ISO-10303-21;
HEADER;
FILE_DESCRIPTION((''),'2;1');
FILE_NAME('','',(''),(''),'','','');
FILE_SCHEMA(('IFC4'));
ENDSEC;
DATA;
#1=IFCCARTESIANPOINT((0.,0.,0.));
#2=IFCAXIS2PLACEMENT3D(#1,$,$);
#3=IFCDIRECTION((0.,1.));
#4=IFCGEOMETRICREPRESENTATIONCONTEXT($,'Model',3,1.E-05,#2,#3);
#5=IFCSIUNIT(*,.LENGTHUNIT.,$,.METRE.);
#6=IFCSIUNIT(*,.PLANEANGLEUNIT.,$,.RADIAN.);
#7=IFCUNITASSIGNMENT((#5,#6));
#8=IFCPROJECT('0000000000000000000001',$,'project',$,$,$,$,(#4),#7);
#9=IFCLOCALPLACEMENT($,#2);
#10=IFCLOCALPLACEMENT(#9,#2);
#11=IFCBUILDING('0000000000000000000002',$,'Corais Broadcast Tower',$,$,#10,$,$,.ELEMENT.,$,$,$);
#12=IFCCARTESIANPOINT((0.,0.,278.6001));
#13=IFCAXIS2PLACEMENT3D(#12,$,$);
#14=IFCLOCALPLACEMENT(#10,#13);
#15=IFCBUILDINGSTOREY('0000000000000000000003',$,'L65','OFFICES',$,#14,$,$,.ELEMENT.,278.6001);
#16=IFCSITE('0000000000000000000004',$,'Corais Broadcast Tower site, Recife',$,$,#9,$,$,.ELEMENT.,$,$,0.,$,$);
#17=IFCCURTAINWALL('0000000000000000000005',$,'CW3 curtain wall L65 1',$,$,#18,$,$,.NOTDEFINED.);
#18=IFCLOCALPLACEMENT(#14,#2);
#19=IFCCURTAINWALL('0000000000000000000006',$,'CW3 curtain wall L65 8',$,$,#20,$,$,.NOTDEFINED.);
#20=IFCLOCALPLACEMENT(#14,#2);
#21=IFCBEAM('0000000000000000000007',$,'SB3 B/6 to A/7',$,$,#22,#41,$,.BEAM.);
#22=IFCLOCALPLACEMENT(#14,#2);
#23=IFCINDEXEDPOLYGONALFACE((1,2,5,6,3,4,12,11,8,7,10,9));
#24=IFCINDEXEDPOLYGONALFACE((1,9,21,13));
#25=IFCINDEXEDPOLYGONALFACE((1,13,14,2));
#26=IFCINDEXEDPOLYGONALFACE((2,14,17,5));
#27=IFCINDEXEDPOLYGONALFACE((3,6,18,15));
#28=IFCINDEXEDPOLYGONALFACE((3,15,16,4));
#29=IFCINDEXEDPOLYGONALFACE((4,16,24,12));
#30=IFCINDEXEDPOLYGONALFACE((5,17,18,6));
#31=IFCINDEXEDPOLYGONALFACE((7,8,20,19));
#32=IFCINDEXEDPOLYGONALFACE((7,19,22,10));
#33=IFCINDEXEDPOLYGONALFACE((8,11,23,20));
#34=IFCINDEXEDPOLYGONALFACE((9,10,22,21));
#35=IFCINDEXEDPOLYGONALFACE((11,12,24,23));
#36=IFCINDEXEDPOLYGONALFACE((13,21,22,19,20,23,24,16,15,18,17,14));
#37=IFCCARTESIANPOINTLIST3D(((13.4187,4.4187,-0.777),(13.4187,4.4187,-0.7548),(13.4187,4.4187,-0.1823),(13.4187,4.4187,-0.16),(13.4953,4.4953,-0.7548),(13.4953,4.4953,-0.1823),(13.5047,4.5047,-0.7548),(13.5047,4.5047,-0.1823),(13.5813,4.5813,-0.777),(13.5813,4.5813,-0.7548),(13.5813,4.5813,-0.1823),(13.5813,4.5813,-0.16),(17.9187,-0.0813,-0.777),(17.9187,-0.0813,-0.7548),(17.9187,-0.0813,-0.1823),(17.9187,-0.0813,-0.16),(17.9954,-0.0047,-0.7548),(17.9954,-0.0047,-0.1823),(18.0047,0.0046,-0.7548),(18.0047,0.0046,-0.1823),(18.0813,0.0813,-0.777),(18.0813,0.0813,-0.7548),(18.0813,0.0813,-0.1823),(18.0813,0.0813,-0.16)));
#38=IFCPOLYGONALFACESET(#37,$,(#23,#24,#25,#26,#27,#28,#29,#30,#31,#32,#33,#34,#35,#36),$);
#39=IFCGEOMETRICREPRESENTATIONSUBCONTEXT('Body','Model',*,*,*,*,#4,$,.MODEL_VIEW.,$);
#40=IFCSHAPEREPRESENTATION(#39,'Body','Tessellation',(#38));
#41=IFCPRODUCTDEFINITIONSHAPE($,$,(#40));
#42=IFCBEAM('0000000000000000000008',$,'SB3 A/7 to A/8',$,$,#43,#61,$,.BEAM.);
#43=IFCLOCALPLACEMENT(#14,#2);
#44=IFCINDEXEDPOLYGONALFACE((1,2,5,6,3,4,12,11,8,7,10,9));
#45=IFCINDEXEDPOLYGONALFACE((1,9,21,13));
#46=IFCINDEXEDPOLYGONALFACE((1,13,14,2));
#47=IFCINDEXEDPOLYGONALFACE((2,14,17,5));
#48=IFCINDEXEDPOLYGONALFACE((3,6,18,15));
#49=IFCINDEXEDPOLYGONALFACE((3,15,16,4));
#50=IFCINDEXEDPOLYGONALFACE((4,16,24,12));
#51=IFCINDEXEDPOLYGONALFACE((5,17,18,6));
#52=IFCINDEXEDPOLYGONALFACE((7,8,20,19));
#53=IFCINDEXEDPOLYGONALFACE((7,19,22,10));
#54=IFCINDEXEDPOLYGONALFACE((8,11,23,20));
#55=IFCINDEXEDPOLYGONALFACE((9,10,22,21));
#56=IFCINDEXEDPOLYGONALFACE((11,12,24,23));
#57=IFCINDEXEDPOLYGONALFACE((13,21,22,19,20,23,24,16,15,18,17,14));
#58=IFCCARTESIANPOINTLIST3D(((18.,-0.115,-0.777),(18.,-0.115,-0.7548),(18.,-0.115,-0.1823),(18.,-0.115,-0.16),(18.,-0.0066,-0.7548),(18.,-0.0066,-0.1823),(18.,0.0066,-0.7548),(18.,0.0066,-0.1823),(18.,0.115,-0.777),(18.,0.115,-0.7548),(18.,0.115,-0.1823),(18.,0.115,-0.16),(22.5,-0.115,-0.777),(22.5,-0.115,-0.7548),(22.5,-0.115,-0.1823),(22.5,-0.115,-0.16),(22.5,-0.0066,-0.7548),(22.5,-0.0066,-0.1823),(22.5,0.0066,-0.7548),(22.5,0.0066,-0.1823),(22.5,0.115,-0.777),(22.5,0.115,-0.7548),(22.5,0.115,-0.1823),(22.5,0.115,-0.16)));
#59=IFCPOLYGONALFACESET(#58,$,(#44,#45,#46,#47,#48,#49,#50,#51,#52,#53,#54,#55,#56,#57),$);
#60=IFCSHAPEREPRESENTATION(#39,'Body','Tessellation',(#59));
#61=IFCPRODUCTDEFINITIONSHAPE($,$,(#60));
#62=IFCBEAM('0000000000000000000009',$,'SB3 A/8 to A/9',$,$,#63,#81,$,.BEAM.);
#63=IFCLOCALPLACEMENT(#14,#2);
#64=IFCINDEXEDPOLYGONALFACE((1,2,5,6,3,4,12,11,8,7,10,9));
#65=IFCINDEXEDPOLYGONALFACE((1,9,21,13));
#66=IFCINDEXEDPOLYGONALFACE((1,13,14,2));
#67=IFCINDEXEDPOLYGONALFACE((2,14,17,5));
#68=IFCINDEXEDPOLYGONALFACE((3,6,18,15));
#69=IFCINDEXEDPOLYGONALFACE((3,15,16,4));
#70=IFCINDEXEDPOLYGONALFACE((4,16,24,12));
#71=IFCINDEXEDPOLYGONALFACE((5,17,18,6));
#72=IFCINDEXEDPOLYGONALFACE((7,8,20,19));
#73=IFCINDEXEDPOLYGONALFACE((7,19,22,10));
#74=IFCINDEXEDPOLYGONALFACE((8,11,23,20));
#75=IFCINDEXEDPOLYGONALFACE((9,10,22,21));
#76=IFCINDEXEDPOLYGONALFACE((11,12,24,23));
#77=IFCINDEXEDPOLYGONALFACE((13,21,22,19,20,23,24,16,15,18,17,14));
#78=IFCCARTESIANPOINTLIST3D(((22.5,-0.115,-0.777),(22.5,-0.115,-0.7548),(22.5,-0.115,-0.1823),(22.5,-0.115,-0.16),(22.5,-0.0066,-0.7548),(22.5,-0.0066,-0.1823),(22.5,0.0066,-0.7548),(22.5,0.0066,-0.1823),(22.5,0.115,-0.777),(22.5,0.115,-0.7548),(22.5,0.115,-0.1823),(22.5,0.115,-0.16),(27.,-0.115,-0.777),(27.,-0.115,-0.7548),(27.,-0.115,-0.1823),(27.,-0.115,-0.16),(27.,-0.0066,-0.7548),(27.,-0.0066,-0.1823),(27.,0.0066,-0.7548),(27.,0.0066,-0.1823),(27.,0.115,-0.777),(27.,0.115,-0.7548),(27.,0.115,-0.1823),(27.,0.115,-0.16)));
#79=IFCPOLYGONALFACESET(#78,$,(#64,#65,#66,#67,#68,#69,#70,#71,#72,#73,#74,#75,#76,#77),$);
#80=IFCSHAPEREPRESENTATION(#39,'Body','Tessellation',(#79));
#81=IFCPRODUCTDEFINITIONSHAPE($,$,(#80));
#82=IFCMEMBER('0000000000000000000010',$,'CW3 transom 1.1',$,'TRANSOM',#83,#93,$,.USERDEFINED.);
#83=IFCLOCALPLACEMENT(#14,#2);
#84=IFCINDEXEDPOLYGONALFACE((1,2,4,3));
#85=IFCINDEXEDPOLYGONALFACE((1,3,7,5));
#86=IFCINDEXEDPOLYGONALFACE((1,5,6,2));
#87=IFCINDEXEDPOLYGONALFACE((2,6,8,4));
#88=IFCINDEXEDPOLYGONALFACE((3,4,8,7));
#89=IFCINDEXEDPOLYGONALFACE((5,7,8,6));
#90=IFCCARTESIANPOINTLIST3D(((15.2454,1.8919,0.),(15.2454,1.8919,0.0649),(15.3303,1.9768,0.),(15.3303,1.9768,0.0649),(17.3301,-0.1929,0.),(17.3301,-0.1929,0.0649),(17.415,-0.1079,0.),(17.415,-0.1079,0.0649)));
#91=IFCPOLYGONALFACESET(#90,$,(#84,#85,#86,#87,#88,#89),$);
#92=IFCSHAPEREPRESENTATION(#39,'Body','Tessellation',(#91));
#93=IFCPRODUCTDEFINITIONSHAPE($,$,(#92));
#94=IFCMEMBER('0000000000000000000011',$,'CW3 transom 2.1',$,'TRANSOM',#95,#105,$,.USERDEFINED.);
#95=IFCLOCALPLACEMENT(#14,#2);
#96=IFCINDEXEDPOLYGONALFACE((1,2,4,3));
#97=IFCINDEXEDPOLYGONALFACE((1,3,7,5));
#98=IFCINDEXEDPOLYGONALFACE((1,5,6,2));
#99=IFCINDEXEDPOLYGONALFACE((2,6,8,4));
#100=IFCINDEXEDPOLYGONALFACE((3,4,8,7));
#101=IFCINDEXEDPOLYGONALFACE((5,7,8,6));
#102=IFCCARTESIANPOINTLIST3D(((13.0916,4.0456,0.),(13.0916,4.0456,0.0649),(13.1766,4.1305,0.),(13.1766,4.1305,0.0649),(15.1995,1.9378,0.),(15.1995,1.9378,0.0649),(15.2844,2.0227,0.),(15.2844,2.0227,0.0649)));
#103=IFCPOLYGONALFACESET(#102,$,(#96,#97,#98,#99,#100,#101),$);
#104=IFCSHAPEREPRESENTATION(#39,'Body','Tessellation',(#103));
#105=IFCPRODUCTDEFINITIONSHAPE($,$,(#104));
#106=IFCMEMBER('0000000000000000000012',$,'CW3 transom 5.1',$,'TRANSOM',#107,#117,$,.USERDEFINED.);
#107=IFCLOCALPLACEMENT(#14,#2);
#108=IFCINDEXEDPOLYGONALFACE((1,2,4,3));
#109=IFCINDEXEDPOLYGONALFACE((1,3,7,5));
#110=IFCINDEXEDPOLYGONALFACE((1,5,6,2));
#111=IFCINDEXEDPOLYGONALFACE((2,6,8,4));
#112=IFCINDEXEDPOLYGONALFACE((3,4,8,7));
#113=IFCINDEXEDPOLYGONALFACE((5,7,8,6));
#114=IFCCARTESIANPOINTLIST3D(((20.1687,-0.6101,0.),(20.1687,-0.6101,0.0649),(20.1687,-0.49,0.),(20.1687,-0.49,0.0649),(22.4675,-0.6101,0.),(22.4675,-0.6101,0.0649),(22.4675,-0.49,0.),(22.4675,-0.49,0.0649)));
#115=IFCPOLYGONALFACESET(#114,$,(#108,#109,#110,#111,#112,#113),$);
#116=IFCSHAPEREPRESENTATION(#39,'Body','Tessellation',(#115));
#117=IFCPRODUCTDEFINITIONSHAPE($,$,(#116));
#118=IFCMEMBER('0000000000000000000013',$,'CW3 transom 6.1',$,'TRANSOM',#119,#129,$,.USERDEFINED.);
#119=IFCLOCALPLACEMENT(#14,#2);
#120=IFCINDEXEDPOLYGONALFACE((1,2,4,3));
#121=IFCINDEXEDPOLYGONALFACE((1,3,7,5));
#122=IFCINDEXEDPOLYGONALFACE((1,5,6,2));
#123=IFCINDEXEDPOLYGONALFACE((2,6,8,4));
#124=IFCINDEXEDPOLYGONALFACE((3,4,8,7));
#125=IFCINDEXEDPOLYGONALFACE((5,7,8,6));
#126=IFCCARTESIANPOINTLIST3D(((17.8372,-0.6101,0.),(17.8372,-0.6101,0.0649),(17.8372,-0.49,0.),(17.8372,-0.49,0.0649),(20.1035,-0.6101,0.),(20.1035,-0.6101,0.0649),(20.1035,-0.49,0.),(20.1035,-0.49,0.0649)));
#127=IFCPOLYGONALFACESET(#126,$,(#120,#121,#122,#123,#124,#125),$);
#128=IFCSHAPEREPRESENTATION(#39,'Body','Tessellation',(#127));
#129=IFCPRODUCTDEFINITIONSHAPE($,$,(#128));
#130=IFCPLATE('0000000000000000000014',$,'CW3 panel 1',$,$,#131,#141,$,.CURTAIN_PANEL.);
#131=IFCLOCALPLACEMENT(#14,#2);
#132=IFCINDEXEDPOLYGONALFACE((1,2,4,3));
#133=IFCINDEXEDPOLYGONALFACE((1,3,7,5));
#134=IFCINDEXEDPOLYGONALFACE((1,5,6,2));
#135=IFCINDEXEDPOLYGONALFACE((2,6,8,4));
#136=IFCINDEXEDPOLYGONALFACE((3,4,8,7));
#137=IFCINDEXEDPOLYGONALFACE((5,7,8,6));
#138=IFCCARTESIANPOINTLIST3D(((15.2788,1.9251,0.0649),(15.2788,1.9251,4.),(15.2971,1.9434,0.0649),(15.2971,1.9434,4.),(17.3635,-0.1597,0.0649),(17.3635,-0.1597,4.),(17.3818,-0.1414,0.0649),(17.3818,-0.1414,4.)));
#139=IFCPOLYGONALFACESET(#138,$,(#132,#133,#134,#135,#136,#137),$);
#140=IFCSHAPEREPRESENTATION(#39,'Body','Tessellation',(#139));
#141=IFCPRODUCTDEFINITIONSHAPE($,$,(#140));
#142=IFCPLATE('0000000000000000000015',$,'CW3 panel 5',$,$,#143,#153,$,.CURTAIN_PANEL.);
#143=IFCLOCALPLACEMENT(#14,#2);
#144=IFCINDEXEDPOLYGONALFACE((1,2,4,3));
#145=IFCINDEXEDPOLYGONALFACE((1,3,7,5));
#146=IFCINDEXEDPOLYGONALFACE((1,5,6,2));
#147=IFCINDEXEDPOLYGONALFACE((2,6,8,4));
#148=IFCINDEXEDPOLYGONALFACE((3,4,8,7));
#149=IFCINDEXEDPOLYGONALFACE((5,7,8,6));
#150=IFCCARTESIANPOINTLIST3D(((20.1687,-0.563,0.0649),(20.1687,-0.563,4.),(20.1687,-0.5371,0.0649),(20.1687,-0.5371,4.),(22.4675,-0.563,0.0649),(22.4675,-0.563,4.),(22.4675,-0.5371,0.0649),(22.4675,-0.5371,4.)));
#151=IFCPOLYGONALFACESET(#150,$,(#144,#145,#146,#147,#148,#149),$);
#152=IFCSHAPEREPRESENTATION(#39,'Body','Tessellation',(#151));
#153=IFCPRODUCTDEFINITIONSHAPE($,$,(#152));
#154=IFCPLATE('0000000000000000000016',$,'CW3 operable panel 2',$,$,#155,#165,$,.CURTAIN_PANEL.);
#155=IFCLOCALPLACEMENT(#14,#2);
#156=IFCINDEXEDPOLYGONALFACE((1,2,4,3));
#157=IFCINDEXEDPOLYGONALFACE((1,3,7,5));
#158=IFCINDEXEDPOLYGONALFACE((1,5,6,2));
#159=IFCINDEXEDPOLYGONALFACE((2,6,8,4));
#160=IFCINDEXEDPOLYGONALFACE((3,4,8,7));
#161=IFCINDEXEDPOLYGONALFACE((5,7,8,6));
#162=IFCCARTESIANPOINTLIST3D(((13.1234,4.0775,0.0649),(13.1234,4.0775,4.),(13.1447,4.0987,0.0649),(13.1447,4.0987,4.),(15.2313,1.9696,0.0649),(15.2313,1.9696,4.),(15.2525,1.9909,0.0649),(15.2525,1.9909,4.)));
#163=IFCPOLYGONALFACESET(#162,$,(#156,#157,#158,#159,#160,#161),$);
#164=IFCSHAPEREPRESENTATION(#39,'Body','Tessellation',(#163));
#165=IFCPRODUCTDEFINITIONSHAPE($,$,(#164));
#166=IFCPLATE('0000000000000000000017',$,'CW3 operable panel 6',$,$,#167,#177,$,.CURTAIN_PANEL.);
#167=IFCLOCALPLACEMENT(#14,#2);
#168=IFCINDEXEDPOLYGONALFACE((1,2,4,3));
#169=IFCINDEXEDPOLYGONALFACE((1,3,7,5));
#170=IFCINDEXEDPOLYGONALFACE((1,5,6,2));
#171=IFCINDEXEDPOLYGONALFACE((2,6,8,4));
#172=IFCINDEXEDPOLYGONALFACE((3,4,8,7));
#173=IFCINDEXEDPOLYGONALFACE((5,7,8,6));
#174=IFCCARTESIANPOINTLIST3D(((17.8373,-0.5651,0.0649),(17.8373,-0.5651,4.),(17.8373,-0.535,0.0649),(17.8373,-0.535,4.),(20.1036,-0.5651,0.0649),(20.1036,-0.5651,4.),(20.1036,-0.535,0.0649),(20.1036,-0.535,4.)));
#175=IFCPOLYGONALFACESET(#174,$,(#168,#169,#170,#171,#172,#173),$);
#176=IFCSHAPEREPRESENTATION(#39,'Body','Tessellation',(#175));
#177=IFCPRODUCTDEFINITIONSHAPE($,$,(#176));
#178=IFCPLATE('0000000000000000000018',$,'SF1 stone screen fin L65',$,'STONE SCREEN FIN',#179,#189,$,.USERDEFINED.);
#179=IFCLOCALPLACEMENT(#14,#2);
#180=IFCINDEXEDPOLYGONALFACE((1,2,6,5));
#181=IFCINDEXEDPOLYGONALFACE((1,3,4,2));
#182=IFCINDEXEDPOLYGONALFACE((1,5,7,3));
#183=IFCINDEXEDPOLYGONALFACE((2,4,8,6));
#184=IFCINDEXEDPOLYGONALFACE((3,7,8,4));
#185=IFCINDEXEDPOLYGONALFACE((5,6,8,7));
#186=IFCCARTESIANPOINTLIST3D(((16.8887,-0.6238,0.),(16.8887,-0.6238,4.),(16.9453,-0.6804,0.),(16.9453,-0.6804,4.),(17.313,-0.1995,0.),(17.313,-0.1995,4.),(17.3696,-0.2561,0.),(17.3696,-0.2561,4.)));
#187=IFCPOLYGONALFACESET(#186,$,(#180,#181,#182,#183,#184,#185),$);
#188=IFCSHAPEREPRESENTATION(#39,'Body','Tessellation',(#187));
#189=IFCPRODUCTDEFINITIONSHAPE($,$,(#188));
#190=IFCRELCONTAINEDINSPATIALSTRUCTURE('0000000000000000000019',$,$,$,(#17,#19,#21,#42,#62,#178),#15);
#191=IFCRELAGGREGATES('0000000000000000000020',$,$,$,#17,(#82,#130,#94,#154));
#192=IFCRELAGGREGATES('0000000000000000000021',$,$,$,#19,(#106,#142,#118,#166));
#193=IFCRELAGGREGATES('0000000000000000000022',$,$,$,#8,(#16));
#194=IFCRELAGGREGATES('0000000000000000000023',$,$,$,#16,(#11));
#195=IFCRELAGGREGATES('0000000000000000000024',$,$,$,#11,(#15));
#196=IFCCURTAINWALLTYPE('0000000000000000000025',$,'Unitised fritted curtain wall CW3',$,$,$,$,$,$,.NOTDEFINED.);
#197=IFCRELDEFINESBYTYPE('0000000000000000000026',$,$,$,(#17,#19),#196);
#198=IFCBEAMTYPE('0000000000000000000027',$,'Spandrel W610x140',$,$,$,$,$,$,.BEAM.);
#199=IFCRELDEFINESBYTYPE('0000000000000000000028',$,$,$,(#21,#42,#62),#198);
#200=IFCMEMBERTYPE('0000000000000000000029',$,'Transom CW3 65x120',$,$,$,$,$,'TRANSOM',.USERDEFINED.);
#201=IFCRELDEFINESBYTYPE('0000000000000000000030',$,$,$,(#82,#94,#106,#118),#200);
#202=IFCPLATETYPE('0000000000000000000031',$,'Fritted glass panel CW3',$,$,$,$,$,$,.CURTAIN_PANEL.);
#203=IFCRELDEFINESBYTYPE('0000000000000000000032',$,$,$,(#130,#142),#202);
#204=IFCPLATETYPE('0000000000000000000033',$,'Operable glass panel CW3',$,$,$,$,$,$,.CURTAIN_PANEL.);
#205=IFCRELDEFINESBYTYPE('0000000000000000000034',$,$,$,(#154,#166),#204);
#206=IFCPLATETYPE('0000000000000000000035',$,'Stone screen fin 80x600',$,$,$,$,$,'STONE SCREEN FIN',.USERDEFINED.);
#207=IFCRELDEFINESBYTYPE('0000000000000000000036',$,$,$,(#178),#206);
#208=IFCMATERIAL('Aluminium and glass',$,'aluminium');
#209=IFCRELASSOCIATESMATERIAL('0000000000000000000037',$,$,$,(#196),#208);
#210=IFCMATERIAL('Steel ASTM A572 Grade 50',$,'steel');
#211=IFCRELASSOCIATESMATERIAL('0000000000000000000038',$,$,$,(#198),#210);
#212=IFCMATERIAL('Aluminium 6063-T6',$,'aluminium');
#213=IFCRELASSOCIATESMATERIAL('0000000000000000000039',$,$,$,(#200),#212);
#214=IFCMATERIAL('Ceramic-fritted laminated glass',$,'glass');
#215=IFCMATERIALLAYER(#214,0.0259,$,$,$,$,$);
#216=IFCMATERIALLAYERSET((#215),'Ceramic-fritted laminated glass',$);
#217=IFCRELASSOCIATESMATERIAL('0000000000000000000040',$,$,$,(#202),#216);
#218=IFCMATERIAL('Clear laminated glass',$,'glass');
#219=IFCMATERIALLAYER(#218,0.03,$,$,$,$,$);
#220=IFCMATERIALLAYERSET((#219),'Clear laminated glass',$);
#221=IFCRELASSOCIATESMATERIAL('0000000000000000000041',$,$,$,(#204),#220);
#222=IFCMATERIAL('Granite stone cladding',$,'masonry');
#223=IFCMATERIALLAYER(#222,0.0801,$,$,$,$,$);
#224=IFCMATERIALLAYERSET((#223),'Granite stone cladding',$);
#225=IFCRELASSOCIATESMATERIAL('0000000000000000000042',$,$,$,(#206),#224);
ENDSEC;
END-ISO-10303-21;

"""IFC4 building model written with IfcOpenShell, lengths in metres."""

from ifc_helpers import new_model, si_unit, direction, frame, origin, origin_2d, place, context, subcontext, project, spatial, rectangle, i_section, extrude, material, layer, layer_set, material_profile, profile_set, type_object, element, aggregate, save


model = new_model("IFC4")

# Units and contexts
model_context = context("Model", 3, precision=1e-05, world=origin(), true_north=direction((0.0, 1.0)))
body_context = subcontext(model_context, "Body", "Model", "MODEL_VIEW")
ifc_project = project(units=[si_unit("LENGTHUNIT", "METRE"), si_unit("PLANEANGLEUNIT", "RADIAN")], contexts=[model_context])

# Site, building, storey
site_placement = place(None, origin())
site = spatial("IfcSite", under=ifc_project, at=site_placement, Name="Corais Broadcast Tower site, Recife", CompositionType="ELEMENT", RefElevation=0.0)
building_placement = place(site_placement, origin())
building = spatial("IfcBuilding", under=site, at=building_placement, Name="Corais Broadcast Tower", CompositionType="ELEMENT")
storey_placement = place(building_placement, frame((0.0, 0.0, 278.6001)))
storey = spatial("IfcBuildingStorey", under=building, at=storey_placement, Name="L65", Description="OFFICES", CompositionType="ELEMENT", Elevation=278.6001)

# Curtain walls
ifc_material_1 = material(Name="Aluminium and glass", Category="aluminium")
curtain_wall_type = type_object("IfcCurtainWallType", Name="Unitised fritted curtain wall CW3", PredefinedType="NOTDEFINED", material=ifc_material_1)
curtain_wall_1_placement = place(storey_placement, origin())
curtain_wall_1 = element("IfcCurtainWall", 1, at=curtain_wall_1_placement, inside=storey, type_object=curtain_wall_type, Name="CW3 curtain wall L65 1", PredefinedType="NOTDEFINED")
curtain_wall_2_placement = place(storey_placement, origin())
curtain_wall_2 = element("IfcCurtainWall", 2, at=curtain_wall_2_placement, inside=storey, type_object=curtain_wall_type, Name="CW3 curtain wall L65 8", PredefinedType="NOTDEFINED")

# Beams
ifc_material_2 = material(Name="Steel ASTM A572 Grade 50", Category="steel")
ifc_material_profile_1 = material_profile(ifc_material_2, i_section(OverallWidth=0.23, OverallDepth=0.6169, WebThickness=0.0132, FlangeThickness=0.0222, at=origin_2d()), Name="W610x140")
ifc_profile_set_1 = profile_set([ifc_material_profile_1], Name="Steel ASTM A572 Grade 50")
beam_type_1 = type_object("IfcBeamType", Name="Spandrel W610x140", PredefinedType="BEAM", material=ifc_profile_set_1)
beam_1_placement = place(storey_placement, frame((13.5, 4.5, -0.4685), z_axis=(0.707107, -0.707107, 0.0), x_axis=(0.707107, 0.707107, 0.0)))
element("IfcBeam", 3, at=beam_1_placement, inside=storey, type_object=beam_type_1, Name="SB3 B/6 to A/7", PredefinedType="BEAM", context=body_context, shape_type="SweptSolid", body=[
    extrude(i_section(OverallWidth=0.23, OverallDepth=0.6169, WebThickness=0.0132, FlangeThickness=0.0222, at=origin_2d()), origin(), (0.0, 0.0, 1.0), 6.364),
])
for number, where, z_axis, x_axis, name in (
    (4, (18.0, 0.0, -0.4685), (1.0, 0.0, 0.0), (0.0, 1.0, 0.0), "SB3 A/7 to A/8"),
    (5, (22.5, 0.0, -0.4685), (1.0, 0.0, 0.0), (0.0, 1.0, 0.0), "SB3 A/8 to A/9"),
):
    element("IfcBeam", number, at=place(storey_placement, frame(where, z_axis=z_axis, x_axis=x_axis)), inside=storey, type_object=beam_type_1, Name=name, PredefinedType="BEAM", context=body_context, shape_type="SweptSolid", body=[
        extrude(i_section(OverallWidth=0.23, OverallDepth=0.6169, WebThickness=0.0132, FlangeThickness=0.0222, at=origin_2d()), origin(), (0.0, 0.0, 1.0), 4.5),
    ])

# Members
ifc_material_3 = material(Name="Aluminium 6063-T6", Category="aluminium")
ifc_material_profile_2 = material_profile(ifc_material_3, rectangle(XDim=0.1201, YDim=0.0649, at=origin_2d()), Name="Transom CW3 65x120")
ifc_profile_set_2 = profile_set([ifc_material_profile_2], Name="Aluminium 6063-T6")
member_type_1 = type_object("IfcMemberType", Name="Transom CW3 65x120", ElementType="TRANSOM", PredefinedType="USERDEFINED", material=ifc_profile_set_2)
member_1_placement = place(storey_placement, frame((17.3726, -0.1504, 0.0325), z_axis=(-0.707107, 0.707107, 0.0), x_axis=(-0.707107, -0.707107, 0.0)))
member_1 = element("IfcMember", 6, at=member_1_placement, type_object=member_type_1, Name="CW3 transom 1.1", ObjectType="TRANSOM", PredefinedType="USERDEFINED", context=body_context, shape_type="SweptSolid", body=[
    extrude(rectangle(XDim=0.1201, YDim=0.0649, at=origin_2d()), origin(), (0.0, 0.0, 1.0), 2.9482),
])
member_2_placement = place(storey_placement, frame((15.2419, 1.9802, 0.0325), z_axis=(-0.707107, 0.707107, 0.0), x_axis=(-0.707107, -0.707107, 0.0)))
member_2 = element("IfcMember", 7, at=member_2_placement, type_object=member_type_1, Name="CW3 transom 2.1", ObjectType="TRANSOM", PredefinedType="USERDEFINED", context=body_context, shape_type="SweptSolid", body=[
    extrude(rectangle(XDim=0.1201, YDim=0.0649, at=origin_2d()), origin(), (0.0, 0.0, 1.0), 2.981),
])
member_3_placement = place(storey_placement, frame((22.4675, -0.55, 0.0325), z_axis=(-1.0, 0.0, 0.0), x_axis=(0.0, -1.0, 0.0)))
member_3 = element("IfcMember", 8, at=member_3_placement, type_object=member_type_1, Name="CW3 transom 5.1", ObjectType="TRANSOM", PredefinedType="USERDEFINED", context=body_context, shape_type="SweptSolid", body=[
    extrude(rectangle(XDim=0.1201, YDim=0.0649, at=origin_2d()), origin(), (0.0, 0.0, 1.0), 2.2988),
])
member_4_placement = place(storey_placement, frame((20.1035, -0.55, 0.0325), z_axis=(-1.0, 0.0, 0.0), x_axis=(0.0, -1.0, 0.0)))
member_4 = element("IfcMember", 9, at=member_4_placement, type_object=member_type_1, Name="CW3 transom 6.1", ObjectType="TRANSOM", PredefinedType="USERDEFINED", context=body_context, shape_type="SweptSolid", body=[
    extrude(rectangle(XDim=0.1201, YDim=0.0649, at=origin_2d()), origin(), (0.0, 0.0, 1.0), 2.2664),
])

# Plates
ifc_material_4 = material(Name="Ceramic-fritted laminated glass", Category="glass")
ifc_layer_1 = layer(ifc_material_4, 0.0259)
ifc_layer_set_1 = layer_set([ifc_layer_1], Name="Ceramic-fritted laminated glass")
plate_type_1 = type_object("IfcPlateType", Name="Fritted glass panel CW3", PredefinedType="CURTAIN_PANEL", material=ifc_layer_set_1)
plate_1_placement = place(storey_placement, frame((16.3303, 0.8918, 0.0649), z_axis=(0.0, 0.0, 1.0), x_axis=(-0.707107, 0.707107, 0.0)))
plate_1 = element("IfcPlate", 10, at=plate_1_placement, type_object=plate_type_1, Name="CW3 panel 1", PredefinedType="CURTAIN_PANEL", context=body_context, shape_type="SweptSolid", body=[
    extrude(rectangle(XDim=2.9482, YDim=0.0259, at=origin_2d()), origin(), (0.0, 0.0, 1.0), 3.9351),
])
plate_2_placement = place(storey_placement, frame((21.3181, -0.55, 0.0649), z_axis=(0.0, 0.0, 1.0), x_axis=(-1.0, 0.0, 0.0)))
plate_2 = element("IfcPlate", 11, at=plate_2_placement, type_object=plate_type_1, Name="CW3 panel 5", PredefinedType="CURTAIN_PANEL", context=body_context, shape_type="SweptSolid", body=[
    extrude(rectangle(XDim=2.2988, YDim=0.0259, at=origin_2d()), origin(), (0.0, 0.0, 1.0), 3.9351),
])
ifc_material_5 = material(Name="Clear laminated glass", Category="glass")
ifc_layer_2 = layer(ifc_material_5, 0.03)
ifc_layer_set_2 = layer_set([ifc_layer_2], Name="Clear laminated glass")
plate_type_2 = type_object("IfcPlateType", Name="Operable glass panel CW3", PredefinedType="CURTAIN_PANEL", material=ifc_layer_set_2)
plate_3_placement = place(storey_placement, frame((14.188, 3.0342, 0.0649), z_axis=(0.0, 0.0, 1.0), x_axis=(-0.707107, 0.707107, 0.0)))
plate_3 = element("IfcPlate", 12, at=plate_3_placement, type_object=plate_type_2, Name="CW3 operable panel 2", PredefinedType="CURTAIN_PANEL", context=body_context, shape_type="SweptSolid", body=[
    extrude(rectangle(XDim=2.981, YDim=0.03, at=origin_2d()), origin(), (0.0, 0.0, 1.0), 3.9351),
])
aggregate(curtain_wall_1, [member_1, plate_1, member_2, plate_3])
plate_4_placement = place(storey_placement, frame((18.9705, -0.55, 0.0649), z_axis=(0.0, 0.0, 1.0), x_axis=(-1.0, 0.0, 0.0)))
plate_4 = element("IfcPlate", 13, at=plate_4_placement, type_object=plate_type_2, Name="CW3 operable panel 6", PredefinedType="CURTAIN_PANEL", context=body_context, shape_type="SweptSolid", body=[
    extrude(rectangle(XDim=2.2664, YDim=0.03, at=origin_2d()), origin(), (0.0, 0.0, 1.0), 3.9351),
])
aggregate(curtain_wall_2, [member_3, plate_2, member_4, plate_4])
ifc_material_6 = material(Name="Granite stone cladding", Category="masonry")
ifc_layer_3 = layer(ifc_material_6, 0.0801)
ifc_layer_set_3 = layer_set([ifc_layer_3], Name="Granite stone cladding")
plate_type_3 = type_object("IfcPlateType", Name="Stone screen fin 80x600", ElementType="STONE SCREEN FIN", PredefinedType="USERDEFINED", material=ifc_layer_set_3)
plate_5_placement = place(storey_placement, frame((17.1292, -0.4399, 0.0), z_axis=(0.0, 0.0, 1.0), x_axis=(-0.707107, 0.707107, 0.0)))
element("IfcPlate", 14, at=plate_5_placement, inside=storey, type_object=plate_type_3, Name="SF1 stone screen fin L65", ObjectType="STONE SCREEN FIN", PredefinedType="USERDEFINED", context=body_context, shape_type="SweptSolid", body=[
    extrude(rectangle(XDim=0.0801, YDim=0.6001, at=origin_2d()), origin(), (0.0, 0.0, 1.0), 4.0),
])

save(model, "model.ifc")
